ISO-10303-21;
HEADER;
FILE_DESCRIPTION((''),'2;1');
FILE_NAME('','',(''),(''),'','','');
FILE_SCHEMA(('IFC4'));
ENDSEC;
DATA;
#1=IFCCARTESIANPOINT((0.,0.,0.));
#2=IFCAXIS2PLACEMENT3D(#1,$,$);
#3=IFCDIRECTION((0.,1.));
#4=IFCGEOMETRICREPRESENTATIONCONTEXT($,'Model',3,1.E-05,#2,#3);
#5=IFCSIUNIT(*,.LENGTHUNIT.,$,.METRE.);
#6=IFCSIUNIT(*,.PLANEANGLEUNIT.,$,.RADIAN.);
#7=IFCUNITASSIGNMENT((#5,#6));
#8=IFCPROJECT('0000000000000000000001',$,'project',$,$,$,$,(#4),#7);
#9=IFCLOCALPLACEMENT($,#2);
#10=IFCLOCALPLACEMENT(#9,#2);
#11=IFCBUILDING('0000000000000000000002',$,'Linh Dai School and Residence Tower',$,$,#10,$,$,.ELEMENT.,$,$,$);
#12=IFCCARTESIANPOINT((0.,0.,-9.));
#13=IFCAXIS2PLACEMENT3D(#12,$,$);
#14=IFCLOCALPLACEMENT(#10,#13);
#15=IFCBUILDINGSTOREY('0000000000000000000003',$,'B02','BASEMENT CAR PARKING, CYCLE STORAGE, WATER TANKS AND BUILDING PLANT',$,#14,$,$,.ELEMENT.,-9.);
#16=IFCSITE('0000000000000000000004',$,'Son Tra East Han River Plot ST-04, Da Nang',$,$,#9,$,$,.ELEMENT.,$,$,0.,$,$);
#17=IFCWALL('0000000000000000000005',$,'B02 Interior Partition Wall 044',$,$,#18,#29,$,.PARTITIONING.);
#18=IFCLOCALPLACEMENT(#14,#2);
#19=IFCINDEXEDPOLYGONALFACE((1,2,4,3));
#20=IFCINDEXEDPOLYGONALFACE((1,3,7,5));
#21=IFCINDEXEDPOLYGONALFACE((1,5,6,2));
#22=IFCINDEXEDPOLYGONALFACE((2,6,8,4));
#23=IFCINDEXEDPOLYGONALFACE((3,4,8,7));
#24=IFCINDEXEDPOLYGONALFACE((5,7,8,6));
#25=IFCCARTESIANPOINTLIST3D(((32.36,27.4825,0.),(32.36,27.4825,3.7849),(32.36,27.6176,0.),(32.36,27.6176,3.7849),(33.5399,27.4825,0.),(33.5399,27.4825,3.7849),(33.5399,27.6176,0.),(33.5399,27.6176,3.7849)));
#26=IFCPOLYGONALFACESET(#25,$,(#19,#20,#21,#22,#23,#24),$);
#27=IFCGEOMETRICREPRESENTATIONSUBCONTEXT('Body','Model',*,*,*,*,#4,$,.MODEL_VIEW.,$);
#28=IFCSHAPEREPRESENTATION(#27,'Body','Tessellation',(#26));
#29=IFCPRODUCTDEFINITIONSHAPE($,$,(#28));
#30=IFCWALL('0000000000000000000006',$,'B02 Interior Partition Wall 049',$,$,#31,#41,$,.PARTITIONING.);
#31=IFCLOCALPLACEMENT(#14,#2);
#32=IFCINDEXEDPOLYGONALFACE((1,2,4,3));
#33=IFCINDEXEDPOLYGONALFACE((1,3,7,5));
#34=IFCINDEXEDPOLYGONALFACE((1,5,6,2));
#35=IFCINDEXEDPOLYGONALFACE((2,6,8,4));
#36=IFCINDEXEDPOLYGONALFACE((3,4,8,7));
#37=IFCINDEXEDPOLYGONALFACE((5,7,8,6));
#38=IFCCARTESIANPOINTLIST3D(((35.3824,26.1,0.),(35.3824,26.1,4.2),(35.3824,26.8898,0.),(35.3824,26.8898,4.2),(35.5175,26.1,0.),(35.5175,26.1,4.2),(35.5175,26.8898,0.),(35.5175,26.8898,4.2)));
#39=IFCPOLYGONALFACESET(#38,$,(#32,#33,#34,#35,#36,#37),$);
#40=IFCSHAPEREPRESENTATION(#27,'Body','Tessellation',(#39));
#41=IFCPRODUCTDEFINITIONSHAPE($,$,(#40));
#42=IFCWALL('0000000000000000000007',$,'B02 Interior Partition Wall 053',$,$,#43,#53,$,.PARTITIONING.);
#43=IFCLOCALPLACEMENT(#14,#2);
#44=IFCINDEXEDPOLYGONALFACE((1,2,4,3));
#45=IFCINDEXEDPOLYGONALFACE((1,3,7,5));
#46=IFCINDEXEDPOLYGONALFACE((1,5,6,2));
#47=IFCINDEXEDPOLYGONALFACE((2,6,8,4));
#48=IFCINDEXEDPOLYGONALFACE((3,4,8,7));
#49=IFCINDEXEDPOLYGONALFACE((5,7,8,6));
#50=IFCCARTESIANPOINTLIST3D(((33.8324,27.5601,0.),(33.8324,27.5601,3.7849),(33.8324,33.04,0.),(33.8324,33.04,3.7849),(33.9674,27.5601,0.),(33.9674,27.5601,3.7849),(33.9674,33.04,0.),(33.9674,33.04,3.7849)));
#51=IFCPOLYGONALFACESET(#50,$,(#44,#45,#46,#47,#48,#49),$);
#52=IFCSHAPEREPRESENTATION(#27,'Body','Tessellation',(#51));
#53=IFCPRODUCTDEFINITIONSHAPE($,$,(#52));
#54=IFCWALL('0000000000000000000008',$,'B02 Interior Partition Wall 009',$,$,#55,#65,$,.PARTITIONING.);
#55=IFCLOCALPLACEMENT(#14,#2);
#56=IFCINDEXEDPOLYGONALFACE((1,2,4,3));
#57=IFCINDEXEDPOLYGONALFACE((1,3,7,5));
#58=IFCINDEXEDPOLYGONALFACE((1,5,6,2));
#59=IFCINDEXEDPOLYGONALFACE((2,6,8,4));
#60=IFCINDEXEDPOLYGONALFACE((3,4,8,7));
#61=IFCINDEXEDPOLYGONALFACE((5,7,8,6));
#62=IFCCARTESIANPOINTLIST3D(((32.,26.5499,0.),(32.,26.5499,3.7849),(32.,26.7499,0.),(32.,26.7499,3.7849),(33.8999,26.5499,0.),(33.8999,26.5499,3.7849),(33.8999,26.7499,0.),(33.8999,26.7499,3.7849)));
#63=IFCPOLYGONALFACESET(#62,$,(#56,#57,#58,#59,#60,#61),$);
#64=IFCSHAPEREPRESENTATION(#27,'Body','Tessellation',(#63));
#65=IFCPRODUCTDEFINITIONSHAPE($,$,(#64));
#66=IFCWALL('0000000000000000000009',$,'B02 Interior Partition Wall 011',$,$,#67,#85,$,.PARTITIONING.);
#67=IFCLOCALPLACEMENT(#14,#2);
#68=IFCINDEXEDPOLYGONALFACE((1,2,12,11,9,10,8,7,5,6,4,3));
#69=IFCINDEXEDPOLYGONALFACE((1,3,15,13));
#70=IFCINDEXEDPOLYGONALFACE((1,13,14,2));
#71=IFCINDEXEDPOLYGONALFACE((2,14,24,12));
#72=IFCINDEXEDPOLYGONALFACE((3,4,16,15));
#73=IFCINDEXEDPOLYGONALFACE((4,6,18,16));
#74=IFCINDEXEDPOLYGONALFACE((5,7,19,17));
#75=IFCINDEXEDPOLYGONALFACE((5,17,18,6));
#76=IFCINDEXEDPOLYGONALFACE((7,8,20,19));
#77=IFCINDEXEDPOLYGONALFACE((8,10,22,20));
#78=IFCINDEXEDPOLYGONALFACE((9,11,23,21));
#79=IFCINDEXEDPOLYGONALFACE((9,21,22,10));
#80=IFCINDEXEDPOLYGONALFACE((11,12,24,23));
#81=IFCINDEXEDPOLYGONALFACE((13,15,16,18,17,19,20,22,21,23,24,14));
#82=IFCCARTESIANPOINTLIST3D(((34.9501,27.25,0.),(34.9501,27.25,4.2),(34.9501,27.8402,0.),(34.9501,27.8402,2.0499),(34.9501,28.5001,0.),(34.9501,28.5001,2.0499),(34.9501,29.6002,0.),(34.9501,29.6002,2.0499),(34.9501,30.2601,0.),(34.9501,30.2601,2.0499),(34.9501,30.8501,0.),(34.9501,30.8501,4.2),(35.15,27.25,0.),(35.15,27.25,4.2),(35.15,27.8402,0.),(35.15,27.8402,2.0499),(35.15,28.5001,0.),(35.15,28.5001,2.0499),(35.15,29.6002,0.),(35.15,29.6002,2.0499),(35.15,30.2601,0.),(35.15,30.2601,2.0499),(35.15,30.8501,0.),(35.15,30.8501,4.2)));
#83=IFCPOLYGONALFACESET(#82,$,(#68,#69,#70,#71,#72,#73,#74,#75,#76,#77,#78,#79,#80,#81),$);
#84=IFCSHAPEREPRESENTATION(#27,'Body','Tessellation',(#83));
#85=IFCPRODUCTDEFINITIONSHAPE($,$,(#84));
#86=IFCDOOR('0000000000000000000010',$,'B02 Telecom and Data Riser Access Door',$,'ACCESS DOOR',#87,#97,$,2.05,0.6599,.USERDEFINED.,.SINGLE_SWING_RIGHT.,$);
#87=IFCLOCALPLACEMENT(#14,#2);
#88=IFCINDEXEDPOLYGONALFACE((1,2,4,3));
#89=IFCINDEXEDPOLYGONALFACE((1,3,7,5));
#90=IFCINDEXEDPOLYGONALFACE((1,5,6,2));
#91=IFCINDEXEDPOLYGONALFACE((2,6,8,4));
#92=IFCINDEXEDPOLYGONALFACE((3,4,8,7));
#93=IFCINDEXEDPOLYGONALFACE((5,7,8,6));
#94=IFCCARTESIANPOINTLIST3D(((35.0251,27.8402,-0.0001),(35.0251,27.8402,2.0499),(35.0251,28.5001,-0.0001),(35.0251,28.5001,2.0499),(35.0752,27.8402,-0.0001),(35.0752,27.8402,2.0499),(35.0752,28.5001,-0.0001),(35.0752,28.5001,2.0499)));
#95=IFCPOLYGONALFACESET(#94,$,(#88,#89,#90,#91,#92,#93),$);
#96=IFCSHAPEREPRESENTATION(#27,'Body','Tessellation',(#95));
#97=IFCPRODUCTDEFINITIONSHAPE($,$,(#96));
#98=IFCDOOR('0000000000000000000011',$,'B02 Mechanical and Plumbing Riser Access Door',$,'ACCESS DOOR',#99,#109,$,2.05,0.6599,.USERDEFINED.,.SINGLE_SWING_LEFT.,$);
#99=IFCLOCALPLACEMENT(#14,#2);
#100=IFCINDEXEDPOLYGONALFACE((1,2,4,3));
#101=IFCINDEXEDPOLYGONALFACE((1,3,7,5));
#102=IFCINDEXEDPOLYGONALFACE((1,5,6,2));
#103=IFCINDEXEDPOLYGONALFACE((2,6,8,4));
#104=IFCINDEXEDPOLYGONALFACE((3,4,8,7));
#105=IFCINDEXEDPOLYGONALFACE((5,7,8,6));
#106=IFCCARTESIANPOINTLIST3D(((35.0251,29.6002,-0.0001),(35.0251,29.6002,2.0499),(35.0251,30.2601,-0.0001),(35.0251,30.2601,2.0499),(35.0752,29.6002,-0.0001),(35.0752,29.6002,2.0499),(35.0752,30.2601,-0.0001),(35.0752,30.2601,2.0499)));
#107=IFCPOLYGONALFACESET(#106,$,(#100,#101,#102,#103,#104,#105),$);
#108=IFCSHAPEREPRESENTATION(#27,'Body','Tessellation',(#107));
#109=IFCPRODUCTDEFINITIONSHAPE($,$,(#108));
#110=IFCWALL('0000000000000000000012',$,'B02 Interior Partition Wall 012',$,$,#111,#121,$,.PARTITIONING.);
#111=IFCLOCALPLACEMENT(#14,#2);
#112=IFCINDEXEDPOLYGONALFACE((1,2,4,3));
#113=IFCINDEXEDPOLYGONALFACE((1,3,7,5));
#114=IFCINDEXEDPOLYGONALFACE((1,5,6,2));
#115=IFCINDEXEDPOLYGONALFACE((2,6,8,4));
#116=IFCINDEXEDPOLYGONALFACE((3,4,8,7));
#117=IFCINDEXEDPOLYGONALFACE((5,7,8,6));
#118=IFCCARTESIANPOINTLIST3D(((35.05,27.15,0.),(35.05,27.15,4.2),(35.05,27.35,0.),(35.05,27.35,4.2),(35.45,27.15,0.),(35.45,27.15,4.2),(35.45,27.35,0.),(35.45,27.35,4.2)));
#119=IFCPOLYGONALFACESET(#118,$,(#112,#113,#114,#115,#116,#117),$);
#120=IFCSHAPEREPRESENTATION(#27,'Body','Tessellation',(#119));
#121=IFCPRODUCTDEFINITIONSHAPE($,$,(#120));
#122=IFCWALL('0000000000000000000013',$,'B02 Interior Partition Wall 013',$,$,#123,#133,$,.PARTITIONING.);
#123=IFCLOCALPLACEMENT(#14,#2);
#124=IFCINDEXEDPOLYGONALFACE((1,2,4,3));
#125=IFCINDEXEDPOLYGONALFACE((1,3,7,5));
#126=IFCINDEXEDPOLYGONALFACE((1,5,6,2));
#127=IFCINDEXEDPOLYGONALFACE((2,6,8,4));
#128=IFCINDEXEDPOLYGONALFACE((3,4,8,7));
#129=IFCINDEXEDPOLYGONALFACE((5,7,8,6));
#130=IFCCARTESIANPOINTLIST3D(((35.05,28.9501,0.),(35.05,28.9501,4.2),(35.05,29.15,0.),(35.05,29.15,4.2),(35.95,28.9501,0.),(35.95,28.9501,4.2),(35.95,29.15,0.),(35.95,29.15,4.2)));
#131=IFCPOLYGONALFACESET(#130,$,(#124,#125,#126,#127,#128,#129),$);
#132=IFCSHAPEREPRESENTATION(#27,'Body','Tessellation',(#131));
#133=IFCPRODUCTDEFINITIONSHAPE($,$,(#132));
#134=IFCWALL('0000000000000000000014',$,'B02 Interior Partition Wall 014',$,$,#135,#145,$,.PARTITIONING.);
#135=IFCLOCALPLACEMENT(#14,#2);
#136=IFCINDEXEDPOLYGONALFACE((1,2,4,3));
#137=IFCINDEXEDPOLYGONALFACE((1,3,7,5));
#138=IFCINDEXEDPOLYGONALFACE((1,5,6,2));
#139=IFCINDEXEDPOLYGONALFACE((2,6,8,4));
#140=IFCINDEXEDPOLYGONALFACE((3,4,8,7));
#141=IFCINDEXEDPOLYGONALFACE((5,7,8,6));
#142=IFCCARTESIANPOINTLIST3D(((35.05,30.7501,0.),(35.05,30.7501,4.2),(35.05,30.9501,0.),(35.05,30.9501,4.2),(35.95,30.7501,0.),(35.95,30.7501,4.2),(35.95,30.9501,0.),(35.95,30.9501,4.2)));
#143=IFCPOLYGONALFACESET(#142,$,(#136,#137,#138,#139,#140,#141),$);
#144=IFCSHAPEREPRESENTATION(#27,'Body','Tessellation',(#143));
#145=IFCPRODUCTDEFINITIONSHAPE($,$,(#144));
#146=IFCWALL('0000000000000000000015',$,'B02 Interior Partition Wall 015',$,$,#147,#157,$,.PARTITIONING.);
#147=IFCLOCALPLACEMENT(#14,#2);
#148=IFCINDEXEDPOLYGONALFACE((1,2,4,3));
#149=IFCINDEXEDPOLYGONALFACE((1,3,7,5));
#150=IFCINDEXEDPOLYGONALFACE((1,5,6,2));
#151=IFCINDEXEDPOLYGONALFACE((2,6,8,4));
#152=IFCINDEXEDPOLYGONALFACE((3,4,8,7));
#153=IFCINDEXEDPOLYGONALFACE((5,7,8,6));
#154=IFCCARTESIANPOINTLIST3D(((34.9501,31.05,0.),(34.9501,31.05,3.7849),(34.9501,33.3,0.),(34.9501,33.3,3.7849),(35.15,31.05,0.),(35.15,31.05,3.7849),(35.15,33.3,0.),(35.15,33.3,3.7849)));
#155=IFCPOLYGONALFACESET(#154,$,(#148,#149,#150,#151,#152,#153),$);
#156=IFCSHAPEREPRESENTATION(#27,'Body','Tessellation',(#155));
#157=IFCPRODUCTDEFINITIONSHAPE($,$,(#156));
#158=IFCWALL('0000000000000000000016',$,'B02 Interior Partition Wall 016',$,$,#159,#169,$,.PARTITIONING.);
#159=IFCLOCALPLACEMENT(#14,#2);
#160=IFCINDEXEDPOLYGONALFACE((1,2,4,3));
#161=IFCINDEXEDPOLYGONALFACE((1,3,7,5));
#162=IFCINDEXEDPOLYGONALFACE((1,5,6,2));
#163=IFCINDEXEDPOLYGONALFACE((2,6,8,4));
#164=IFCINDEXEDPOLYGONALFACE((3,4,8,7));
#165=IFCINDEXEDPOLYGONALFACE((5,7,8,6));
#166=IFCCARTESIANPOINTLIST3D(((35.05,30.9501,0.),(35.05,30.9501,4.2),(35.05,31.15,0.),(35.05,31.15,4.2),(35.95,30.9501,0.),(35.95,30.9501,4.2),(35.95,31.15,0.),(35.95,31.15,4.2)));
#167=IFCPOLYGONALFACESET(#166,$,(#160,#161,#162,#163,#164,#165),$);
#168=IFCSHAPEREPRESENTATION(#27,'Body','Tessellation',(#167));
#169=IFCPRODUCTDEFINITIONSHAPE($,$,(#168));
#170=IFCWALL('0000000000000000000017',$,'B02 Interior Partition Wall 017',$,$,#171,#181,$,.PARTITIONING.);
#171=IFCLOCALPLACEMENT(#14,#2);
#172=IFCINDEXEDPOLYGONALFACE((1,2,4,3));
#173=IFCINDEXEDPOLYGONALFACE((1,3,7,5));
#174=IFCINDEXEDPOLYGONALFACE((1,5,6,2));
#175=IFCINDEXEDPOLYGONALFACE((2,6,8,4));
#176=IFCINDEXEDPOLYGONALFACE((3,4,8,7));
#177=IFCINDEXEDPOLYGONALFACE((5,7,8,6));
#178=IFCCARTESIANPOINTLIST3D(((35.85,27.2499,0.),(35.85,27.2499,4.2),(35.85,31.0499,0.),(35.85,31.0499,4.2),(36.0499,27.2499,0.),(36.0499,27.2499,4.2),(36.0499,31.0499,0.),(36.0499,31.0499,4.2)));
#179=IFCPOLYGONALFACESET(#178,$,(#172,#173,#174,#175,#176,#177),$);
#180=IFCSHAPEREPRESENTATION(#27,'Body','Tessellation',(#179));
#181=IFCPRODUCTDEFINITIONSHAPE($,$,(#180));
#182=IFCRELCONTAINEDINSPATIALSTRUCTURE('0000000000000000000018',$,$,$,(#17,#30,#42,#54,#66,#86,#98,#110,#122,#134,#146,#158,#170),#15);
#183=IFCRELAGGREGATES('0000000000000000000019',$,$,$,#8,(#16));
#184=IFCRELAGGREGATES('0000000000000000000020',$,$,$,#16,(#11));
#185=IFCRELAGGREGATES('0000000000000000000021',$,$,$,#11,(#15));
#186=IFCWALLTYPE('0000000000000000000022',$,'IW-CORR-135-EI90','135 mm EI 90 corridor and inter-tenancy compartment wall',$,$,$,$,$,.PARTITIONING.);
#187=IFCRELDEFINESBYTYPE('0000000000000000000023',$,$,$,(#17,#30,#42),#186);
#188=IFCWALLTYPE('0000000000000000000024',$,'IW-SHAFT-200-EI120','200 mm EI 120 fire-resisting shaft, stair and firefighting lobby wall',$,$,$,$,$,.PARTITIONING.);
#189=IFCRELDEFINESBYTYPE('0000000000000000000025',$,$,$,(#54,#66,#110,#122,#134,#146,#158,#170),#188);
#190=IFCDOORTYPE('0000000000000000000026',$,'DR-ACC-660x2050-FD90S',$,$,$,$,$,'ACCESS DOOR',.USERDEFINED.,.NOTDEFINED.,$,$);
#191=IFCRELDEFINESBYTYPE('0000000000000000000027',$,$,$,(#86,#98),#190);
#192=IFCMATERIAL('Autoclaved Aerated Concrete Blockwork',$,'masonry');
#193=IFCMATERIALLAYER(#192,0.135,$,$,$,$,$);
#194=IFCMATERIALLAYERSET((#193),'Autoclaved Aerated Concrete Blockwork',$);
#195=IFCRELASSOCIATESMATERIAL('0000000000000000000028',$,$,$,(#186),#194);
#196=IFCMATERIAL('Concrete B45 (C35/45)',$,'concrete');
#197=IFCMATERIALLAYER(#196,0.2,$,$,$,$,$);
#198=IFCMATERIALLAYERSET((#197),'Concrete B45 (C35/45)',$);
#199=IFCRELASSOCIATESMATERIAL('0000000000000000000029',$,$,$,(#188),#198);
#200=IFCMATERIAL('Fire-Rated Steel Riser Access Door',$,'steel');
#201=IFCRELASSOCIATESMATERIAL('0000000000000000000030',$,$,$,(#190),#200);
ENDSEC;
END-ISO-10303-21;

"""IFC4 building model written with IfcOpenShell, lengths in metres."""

from ifc_helpers import new_model, si_unit, direction, frame, frame_2d, origin, origin_2d, place, context, subcontext, project, spatial, rectangle, extrude, source, transform, mapped, material, layer, layer_set, type_object, element, fill, save


model = new_model("IFC4")

# Units and contexts
model_context = context("Model", 3, precision=1e-05, world=origin(), true_north=direction((0.0, 1.0)))
body_context = subcontext(model_context, "Body", "Model", "MODEL_VIEW")
ifc_project = project(units=[si_unit("LENGTHUNIT", "METRE"), si_unit("PLANEANGLEUNIT", "RADIAN")], contexts=[model_context])

# Site, building, storey
site_placement = place(None, origin())
site = spatial("IfcSite", under=ifc_project, at=site_placement, Name="Son Tra East Han River Plot ST-04, Da Nang", CompositionType="ELEMENT", RefElevation=0.0)
building_placement = place(site_placement, origin())
building = spatial("IfcBuilding", under=site, at=building_placement, Name="Linh Dai School and Residence Tower", CompositionType="ELEMENT")
storey_placement = place(building_placement, frame((0.0, 0.0, -9.0)))
storey = spatial("IfcBuildingStorey", under=building, at=storey_placement, Name="B02", Description="BASEMENT CAR PARKING, CYCLE STORAGE, WATER TANKS AND BUILDING PLANT", CompositionType="ELEMENT", Elevation=-9.0)

# Shared definitions
ifc_material_1 = material(Name="Concrete B45 (C35/45)", Category="concrete")

# Walls
ifc_material_2 = material(Name="Autoclaved Aerated Concrete Blockwork", Category="masonry")
ifc_layer_1 = layer(ifc_material_2, 0.135)
ifc_layer_set_1 = layer_set([ifc_layer_1], Name="Autoclaved Aerated Concrete Blockwork")
wall_type_1 = type_object("IfcWallType", Name="IW-CORR-135-EI90", Description="135 mm EI 90 corridor and inter-tenancy compartment wall", PredefinedType="PARTITIONING", material=ifc_layer_set_1)
wall_1_placement = place(storey_placement, frame((32.3601, 27.55, 0.0), z_axis=(0.0, 0.0, 1.0), x_axis=(1.0, 0.0, 0.0)))
element("IfcWall", 1, at=wall_1_placement, inside=storey, type_object=wall_type_1, Name="B02 Interior Partition Wall 044", PredefinedType="PARTITIONING", context=body_context, shape_type="SweptSolid", body=[
    extrude(rectangle(XDim=1.1799, YDim=0.135, at=frame_2d((0.5898, 0.0))), origin(), (0.0, 0.0, 1.0), 3.7849),
])
wall_2_placement = place(storey_placement, frame((35.45, 26.8899, 0.0), z_axis=(0.0, 0.0, 1.0), x_axis=(0.0, -1.0, 0.0)))
element("IfcWall", 2, at=wall_2_placement, inside=storey, type_object=wall_type_1, Name="B02 Interior Partition Wall 049", PredefinedType="PARTITIONING", context=body_context, shape_type="SweptSolid", body=[
    extrude(rectangle(XDim=0.7898, YDim=0.135, at=frame_2d((0.395, 0.0))), origin(), (0.0, 0.0, 1.0), 4.2),
])
wall_3_placement = place(storey_placement, frame((33.8999, 27.5601, 0.0), z_axis=(0.0, 0.0, 1.0), x_axis=(0.0, 1.0, 0.0)))
element("IfcWall", 3, at=wall_3_placement, inside=storey, type_object=wall_type_1, Name="B02 Interior Partition Wall 053", PredefinedType="PARTITIONING", context=body_context, shape_type="SweptSolid", body=[
    extrude(rectangle(XDim=5.48, YDim=0.135, at=frame_2d((2.74, 0.0))), origin(), (0.0, 0.0, 1.0), 3.7849),
])
ifc_layer_2 = layer(ifc_material_1, 0.2)
ifc_layer_set_2 = layer_set([ifc_layer_2], Name="Concrete B45 (C35/45)")
wall_type_2 = type_object("IfcWallType", Name="IW-SHAFT-200-EI120", Description="200 mm EI 120 fire-resisting shaft, stair and firefighting lobby wall", PredefinedType="PARTITIONING", material=ifc_layer_set_2)
wall_4_placement = place(storey_placement, frame((32.0, 26.6499, 0.0), z_axis=(0.0, 0.0, 1.0), x_axis=(1.0, 0.0, 0.0)))
element("IfcWall", 4, at=wall_4_placement, inside=storey, type_object=wall_type_2, Name="B02 Interior Partition Wall 009", PredefinedType="PARTITIONING", context=body_context, shape_type="SweptSolid", body=[
    extrude(rectangle(XDim=1.8999, YDim=0.2, at=frame_2d((0.95, 0.0))), origin(), (0.0, 0.0, 1.0), 3.7849),
])

# Wall, openings, doors
wall_5_placement = place(storey_placement, frame((35.05, 27.25, 0.0), z_axis=(0.0, 0.0, 1.0), x_axis=(0.0, 1.0, 0.0)))
wall_5 = element("IfcWall", 5, at=wall_5_placement, inside=storey, type_object=wall_type_2, Name="B02 Interior Partition Wall 011", PredefinedType="PARTITIONING", context=body_context, shape_type="SweptSolid", body=[
    extrude(rectangle(XDim=3.6001, YDim=0.2, at=frame_2d((1.8, 0.0))), origin(), (0.0, 0.0, 1.0), 4.2),
])
opening_1_placement = place(wall_5_placement, frame((0.5901, 0.0, 0.0)))
opening_1 = element("IfcOpeningElement", 6, at=opening_1_placement, cuts=wall_5, PredefinedType="OPENING", context=body_context, shape_type="SweptSolid", body=[
    extrude(rectangle(XDim=0.6599, YDim=2.05, at=origin_2d()), frame((0.3301, 0.1099, 1.0249), z_axis=(0.0, -1.0, 0.0), x_axis=(1.0, 0.0, 0.0)), (0.0, 0.0, 1.0), 0.22),
])
opening_2_placement = place(wall_5_placement, frame((2.3501, 0.0, 0.0)))
opening_2 = element("IfcOpeningElement", 7, at=opening_2_placement, cuts=wall_5, PredefinedType="OPENING", context=body_context, shape_type="SweptSolid", body=[
    extrude(rectangle(XDim=0.6599, YDim=2.05, at=origin_2d()), frame((0.3301, 0.1099, 1.0249), z_axis=(0.0, -1.0, 0.0), x_axis=(1.0, 0.0, 0.0)), (0.0, 0.0, 1.0), 0.22),
])
ifc_material_3 = material(Name="Fire-Rated Steel Riser Access Door", Category="steel")
door_type_1 = type_object("IfcDoorType", Name="DR-ACC-660x2050-FD90S", ElementType="ACCESS DOOR", OperationType="NOTDEFINED", PredefinedType="USERDEFINED", material=ifc_material_3)
shared_shape_1 = source(origin(), body_context, "Body", "SweptSolid", [
    extrude(rectangle(XDim=0.6599, YDim=2.05, at=origin_2d()), frame((0.3301, 0.0249, 1.0249), z_axis=(0.0, -1.0, 0.0), x_axis=(1.0, 0.0, 0.0)), (0.0, 0.0, 1.0), 0.05),
])
door_1_placement = place(opening_1_placement, origin())
door_1 = element("IfcDoor", 8, at=door_1_placement, inside=storey, type_object=door_type_1, Name="B02 Telecom and Data Riser Access Door", ObjectType="ACCESS DOOR", OperationType="SINGLE_SWING_RIGHT", OverallHeight=2.05, OverallWidth=0.6599, PredefinedType="USERDEFINED", context=body_context, shape_type="MappedRepresentation", body=[
    mapped(shared_shape_1, transform((0.0, 0.0, 0.0), x_axis=(1.0, 0.0, 0.0), y_axis=(0.0, 1.0, 0.0), z_axis=(0.0, 0.0, 1.0), scale=1.0)),
])
fill(opening_1, door_1)
door_2_placement = place(opening_2_placement, origin())
door_2 = element("IfcDoor", 9, at=door_2_placement, inside=storey, type_object=door_type_1, Name="B02 Mechanical and Plumbing Riser Access Door", ObjectType="ACCESS DOOR", OperationType="SINGLE_SWING_LEFT", OverallHeight=2.05, OverallWidth=0.6599, PredefinedType="USERDEFINED", context=body_context, shape_type="MappedRepresentation", body=[
    mapped(shared_shape_1, transform((0.0, 0.0, 0.0), x_axis=(1.0, 0.0, 0.0), y_axis=(0.0, 1.0, 0.0), z_axis=(0.0, 0.0, 1.0), scale=1.0)),
])
fill(opening_2, door_2)

# Walls
wall_6_placement = place(storey_placement, frame((35.05, 27.25, 0.0), z_axis=(0.0, 0.0, 1.0), x_axis=(1.0, 0.0, 0.0)))
element("IfcWall", 10, at=wall_6_placement, inside=storey, type_object=wall_type_2, Name="B02 Interior Partition Wall 012", PredefinedType="PARTITIONING", context=body_context, shape_type="SweptSolid", body=[
    extrude(rectangle(XDim=0.3999, YDim=0.2, at=frame_2d((0.2, 0.0))), origin(), (0.0, 0.0, 1.0), 4.2),
])
for number, where, z_axis, x_axis, name in (
    (11, (35.05, 29.05, 0.0), (0.0, 0.0, 1.0), (1.0, 0.0, 0.0), "B02 Interior Partition Wall 013"),
    (12, (35.05, 30.8501, 0.0), (0.0, 0.0, 1.0), (1.0, 0.0, 0.0), "B02 Interior Partition Wall 014"),
):
    element("IfcWall", number, at=place(storey_placement, frame(where, z_axis=z_axis, x_axis=x_axis)), inside=storey, type_object=wall_type_2, Name=name, PredefinedType="PARTITIONING", context=body_context, shape_type="SweptSolid", body=[
        extrude(rectangle(XDim=0.8999, YDim=0.2, at=frame_2d((0.45, 0.0))), origin(), (0.0, 0.0, 1.0), 4.2),
    ])
wall_7_placement = place(storey_placement, frame((35.05, 31.05, 0.0), z_axis=(0.0, 0.0, 1.0), x_axis=(0.0, 1.0, 0.0)))
element("IfcWall", 13, at=wall_7_placement, inside=storey, type_object=wall_type_2, Name="B02 Interior Partition Wall 015", PredefinedType="PARTITIONING", context=body_context, shape_type="SweptSolid", body=[
    extrude(rectangle(XDim=2.25, YDim=0.2, at=frame_2d((1.125, 0.0))), origin(), (0.0, 0.0, 1.0), 3.7849),
])
wall_8_placement = place(storey_placement, frame((35.05, 31.05, 0.0), z_axis=(0.0, 0.0, 1.0), x_axis=(1.0, 0.0, 0.0)))
element("IfcWall", 14, at=wall_8_placement, inside=storey, type_object=wall_type_2, Name="B02 Interior Partition Wall 016", PredefinedType="PARTITIONING", context=body_context, shape_type="SweptSolid", body=[
    extrude(rectangle(XDim=0.8999, YDim=0.2, at=frame_2d((0.45, 0.0))), origin(), (0.0, 0.0, 1.0), 4.2),
])
wall_9_placement = place(storey_placement, frame((35.95, 27.25, 0.0), z_axis=(0.0, 0.0, 1.0), x_axis=(0.0, 1.0, 0.0)))
element("IfcWall", 15, at=wall_9_placement, inside=storey, type_object=wall_type_2, Name="B02 Interior Partition Wall 017", PredefinedType="PARTITIONING", context=body_context, shape_type="SweptSolid", body=[
    extrude(rectangle(XDim=3.8, YDim=0.2, at=frame_2d((1.8999, 0.0))), origin(), (0.0, 0.0, 1.0), 4.2),
])

save(model, "model.ifc")
